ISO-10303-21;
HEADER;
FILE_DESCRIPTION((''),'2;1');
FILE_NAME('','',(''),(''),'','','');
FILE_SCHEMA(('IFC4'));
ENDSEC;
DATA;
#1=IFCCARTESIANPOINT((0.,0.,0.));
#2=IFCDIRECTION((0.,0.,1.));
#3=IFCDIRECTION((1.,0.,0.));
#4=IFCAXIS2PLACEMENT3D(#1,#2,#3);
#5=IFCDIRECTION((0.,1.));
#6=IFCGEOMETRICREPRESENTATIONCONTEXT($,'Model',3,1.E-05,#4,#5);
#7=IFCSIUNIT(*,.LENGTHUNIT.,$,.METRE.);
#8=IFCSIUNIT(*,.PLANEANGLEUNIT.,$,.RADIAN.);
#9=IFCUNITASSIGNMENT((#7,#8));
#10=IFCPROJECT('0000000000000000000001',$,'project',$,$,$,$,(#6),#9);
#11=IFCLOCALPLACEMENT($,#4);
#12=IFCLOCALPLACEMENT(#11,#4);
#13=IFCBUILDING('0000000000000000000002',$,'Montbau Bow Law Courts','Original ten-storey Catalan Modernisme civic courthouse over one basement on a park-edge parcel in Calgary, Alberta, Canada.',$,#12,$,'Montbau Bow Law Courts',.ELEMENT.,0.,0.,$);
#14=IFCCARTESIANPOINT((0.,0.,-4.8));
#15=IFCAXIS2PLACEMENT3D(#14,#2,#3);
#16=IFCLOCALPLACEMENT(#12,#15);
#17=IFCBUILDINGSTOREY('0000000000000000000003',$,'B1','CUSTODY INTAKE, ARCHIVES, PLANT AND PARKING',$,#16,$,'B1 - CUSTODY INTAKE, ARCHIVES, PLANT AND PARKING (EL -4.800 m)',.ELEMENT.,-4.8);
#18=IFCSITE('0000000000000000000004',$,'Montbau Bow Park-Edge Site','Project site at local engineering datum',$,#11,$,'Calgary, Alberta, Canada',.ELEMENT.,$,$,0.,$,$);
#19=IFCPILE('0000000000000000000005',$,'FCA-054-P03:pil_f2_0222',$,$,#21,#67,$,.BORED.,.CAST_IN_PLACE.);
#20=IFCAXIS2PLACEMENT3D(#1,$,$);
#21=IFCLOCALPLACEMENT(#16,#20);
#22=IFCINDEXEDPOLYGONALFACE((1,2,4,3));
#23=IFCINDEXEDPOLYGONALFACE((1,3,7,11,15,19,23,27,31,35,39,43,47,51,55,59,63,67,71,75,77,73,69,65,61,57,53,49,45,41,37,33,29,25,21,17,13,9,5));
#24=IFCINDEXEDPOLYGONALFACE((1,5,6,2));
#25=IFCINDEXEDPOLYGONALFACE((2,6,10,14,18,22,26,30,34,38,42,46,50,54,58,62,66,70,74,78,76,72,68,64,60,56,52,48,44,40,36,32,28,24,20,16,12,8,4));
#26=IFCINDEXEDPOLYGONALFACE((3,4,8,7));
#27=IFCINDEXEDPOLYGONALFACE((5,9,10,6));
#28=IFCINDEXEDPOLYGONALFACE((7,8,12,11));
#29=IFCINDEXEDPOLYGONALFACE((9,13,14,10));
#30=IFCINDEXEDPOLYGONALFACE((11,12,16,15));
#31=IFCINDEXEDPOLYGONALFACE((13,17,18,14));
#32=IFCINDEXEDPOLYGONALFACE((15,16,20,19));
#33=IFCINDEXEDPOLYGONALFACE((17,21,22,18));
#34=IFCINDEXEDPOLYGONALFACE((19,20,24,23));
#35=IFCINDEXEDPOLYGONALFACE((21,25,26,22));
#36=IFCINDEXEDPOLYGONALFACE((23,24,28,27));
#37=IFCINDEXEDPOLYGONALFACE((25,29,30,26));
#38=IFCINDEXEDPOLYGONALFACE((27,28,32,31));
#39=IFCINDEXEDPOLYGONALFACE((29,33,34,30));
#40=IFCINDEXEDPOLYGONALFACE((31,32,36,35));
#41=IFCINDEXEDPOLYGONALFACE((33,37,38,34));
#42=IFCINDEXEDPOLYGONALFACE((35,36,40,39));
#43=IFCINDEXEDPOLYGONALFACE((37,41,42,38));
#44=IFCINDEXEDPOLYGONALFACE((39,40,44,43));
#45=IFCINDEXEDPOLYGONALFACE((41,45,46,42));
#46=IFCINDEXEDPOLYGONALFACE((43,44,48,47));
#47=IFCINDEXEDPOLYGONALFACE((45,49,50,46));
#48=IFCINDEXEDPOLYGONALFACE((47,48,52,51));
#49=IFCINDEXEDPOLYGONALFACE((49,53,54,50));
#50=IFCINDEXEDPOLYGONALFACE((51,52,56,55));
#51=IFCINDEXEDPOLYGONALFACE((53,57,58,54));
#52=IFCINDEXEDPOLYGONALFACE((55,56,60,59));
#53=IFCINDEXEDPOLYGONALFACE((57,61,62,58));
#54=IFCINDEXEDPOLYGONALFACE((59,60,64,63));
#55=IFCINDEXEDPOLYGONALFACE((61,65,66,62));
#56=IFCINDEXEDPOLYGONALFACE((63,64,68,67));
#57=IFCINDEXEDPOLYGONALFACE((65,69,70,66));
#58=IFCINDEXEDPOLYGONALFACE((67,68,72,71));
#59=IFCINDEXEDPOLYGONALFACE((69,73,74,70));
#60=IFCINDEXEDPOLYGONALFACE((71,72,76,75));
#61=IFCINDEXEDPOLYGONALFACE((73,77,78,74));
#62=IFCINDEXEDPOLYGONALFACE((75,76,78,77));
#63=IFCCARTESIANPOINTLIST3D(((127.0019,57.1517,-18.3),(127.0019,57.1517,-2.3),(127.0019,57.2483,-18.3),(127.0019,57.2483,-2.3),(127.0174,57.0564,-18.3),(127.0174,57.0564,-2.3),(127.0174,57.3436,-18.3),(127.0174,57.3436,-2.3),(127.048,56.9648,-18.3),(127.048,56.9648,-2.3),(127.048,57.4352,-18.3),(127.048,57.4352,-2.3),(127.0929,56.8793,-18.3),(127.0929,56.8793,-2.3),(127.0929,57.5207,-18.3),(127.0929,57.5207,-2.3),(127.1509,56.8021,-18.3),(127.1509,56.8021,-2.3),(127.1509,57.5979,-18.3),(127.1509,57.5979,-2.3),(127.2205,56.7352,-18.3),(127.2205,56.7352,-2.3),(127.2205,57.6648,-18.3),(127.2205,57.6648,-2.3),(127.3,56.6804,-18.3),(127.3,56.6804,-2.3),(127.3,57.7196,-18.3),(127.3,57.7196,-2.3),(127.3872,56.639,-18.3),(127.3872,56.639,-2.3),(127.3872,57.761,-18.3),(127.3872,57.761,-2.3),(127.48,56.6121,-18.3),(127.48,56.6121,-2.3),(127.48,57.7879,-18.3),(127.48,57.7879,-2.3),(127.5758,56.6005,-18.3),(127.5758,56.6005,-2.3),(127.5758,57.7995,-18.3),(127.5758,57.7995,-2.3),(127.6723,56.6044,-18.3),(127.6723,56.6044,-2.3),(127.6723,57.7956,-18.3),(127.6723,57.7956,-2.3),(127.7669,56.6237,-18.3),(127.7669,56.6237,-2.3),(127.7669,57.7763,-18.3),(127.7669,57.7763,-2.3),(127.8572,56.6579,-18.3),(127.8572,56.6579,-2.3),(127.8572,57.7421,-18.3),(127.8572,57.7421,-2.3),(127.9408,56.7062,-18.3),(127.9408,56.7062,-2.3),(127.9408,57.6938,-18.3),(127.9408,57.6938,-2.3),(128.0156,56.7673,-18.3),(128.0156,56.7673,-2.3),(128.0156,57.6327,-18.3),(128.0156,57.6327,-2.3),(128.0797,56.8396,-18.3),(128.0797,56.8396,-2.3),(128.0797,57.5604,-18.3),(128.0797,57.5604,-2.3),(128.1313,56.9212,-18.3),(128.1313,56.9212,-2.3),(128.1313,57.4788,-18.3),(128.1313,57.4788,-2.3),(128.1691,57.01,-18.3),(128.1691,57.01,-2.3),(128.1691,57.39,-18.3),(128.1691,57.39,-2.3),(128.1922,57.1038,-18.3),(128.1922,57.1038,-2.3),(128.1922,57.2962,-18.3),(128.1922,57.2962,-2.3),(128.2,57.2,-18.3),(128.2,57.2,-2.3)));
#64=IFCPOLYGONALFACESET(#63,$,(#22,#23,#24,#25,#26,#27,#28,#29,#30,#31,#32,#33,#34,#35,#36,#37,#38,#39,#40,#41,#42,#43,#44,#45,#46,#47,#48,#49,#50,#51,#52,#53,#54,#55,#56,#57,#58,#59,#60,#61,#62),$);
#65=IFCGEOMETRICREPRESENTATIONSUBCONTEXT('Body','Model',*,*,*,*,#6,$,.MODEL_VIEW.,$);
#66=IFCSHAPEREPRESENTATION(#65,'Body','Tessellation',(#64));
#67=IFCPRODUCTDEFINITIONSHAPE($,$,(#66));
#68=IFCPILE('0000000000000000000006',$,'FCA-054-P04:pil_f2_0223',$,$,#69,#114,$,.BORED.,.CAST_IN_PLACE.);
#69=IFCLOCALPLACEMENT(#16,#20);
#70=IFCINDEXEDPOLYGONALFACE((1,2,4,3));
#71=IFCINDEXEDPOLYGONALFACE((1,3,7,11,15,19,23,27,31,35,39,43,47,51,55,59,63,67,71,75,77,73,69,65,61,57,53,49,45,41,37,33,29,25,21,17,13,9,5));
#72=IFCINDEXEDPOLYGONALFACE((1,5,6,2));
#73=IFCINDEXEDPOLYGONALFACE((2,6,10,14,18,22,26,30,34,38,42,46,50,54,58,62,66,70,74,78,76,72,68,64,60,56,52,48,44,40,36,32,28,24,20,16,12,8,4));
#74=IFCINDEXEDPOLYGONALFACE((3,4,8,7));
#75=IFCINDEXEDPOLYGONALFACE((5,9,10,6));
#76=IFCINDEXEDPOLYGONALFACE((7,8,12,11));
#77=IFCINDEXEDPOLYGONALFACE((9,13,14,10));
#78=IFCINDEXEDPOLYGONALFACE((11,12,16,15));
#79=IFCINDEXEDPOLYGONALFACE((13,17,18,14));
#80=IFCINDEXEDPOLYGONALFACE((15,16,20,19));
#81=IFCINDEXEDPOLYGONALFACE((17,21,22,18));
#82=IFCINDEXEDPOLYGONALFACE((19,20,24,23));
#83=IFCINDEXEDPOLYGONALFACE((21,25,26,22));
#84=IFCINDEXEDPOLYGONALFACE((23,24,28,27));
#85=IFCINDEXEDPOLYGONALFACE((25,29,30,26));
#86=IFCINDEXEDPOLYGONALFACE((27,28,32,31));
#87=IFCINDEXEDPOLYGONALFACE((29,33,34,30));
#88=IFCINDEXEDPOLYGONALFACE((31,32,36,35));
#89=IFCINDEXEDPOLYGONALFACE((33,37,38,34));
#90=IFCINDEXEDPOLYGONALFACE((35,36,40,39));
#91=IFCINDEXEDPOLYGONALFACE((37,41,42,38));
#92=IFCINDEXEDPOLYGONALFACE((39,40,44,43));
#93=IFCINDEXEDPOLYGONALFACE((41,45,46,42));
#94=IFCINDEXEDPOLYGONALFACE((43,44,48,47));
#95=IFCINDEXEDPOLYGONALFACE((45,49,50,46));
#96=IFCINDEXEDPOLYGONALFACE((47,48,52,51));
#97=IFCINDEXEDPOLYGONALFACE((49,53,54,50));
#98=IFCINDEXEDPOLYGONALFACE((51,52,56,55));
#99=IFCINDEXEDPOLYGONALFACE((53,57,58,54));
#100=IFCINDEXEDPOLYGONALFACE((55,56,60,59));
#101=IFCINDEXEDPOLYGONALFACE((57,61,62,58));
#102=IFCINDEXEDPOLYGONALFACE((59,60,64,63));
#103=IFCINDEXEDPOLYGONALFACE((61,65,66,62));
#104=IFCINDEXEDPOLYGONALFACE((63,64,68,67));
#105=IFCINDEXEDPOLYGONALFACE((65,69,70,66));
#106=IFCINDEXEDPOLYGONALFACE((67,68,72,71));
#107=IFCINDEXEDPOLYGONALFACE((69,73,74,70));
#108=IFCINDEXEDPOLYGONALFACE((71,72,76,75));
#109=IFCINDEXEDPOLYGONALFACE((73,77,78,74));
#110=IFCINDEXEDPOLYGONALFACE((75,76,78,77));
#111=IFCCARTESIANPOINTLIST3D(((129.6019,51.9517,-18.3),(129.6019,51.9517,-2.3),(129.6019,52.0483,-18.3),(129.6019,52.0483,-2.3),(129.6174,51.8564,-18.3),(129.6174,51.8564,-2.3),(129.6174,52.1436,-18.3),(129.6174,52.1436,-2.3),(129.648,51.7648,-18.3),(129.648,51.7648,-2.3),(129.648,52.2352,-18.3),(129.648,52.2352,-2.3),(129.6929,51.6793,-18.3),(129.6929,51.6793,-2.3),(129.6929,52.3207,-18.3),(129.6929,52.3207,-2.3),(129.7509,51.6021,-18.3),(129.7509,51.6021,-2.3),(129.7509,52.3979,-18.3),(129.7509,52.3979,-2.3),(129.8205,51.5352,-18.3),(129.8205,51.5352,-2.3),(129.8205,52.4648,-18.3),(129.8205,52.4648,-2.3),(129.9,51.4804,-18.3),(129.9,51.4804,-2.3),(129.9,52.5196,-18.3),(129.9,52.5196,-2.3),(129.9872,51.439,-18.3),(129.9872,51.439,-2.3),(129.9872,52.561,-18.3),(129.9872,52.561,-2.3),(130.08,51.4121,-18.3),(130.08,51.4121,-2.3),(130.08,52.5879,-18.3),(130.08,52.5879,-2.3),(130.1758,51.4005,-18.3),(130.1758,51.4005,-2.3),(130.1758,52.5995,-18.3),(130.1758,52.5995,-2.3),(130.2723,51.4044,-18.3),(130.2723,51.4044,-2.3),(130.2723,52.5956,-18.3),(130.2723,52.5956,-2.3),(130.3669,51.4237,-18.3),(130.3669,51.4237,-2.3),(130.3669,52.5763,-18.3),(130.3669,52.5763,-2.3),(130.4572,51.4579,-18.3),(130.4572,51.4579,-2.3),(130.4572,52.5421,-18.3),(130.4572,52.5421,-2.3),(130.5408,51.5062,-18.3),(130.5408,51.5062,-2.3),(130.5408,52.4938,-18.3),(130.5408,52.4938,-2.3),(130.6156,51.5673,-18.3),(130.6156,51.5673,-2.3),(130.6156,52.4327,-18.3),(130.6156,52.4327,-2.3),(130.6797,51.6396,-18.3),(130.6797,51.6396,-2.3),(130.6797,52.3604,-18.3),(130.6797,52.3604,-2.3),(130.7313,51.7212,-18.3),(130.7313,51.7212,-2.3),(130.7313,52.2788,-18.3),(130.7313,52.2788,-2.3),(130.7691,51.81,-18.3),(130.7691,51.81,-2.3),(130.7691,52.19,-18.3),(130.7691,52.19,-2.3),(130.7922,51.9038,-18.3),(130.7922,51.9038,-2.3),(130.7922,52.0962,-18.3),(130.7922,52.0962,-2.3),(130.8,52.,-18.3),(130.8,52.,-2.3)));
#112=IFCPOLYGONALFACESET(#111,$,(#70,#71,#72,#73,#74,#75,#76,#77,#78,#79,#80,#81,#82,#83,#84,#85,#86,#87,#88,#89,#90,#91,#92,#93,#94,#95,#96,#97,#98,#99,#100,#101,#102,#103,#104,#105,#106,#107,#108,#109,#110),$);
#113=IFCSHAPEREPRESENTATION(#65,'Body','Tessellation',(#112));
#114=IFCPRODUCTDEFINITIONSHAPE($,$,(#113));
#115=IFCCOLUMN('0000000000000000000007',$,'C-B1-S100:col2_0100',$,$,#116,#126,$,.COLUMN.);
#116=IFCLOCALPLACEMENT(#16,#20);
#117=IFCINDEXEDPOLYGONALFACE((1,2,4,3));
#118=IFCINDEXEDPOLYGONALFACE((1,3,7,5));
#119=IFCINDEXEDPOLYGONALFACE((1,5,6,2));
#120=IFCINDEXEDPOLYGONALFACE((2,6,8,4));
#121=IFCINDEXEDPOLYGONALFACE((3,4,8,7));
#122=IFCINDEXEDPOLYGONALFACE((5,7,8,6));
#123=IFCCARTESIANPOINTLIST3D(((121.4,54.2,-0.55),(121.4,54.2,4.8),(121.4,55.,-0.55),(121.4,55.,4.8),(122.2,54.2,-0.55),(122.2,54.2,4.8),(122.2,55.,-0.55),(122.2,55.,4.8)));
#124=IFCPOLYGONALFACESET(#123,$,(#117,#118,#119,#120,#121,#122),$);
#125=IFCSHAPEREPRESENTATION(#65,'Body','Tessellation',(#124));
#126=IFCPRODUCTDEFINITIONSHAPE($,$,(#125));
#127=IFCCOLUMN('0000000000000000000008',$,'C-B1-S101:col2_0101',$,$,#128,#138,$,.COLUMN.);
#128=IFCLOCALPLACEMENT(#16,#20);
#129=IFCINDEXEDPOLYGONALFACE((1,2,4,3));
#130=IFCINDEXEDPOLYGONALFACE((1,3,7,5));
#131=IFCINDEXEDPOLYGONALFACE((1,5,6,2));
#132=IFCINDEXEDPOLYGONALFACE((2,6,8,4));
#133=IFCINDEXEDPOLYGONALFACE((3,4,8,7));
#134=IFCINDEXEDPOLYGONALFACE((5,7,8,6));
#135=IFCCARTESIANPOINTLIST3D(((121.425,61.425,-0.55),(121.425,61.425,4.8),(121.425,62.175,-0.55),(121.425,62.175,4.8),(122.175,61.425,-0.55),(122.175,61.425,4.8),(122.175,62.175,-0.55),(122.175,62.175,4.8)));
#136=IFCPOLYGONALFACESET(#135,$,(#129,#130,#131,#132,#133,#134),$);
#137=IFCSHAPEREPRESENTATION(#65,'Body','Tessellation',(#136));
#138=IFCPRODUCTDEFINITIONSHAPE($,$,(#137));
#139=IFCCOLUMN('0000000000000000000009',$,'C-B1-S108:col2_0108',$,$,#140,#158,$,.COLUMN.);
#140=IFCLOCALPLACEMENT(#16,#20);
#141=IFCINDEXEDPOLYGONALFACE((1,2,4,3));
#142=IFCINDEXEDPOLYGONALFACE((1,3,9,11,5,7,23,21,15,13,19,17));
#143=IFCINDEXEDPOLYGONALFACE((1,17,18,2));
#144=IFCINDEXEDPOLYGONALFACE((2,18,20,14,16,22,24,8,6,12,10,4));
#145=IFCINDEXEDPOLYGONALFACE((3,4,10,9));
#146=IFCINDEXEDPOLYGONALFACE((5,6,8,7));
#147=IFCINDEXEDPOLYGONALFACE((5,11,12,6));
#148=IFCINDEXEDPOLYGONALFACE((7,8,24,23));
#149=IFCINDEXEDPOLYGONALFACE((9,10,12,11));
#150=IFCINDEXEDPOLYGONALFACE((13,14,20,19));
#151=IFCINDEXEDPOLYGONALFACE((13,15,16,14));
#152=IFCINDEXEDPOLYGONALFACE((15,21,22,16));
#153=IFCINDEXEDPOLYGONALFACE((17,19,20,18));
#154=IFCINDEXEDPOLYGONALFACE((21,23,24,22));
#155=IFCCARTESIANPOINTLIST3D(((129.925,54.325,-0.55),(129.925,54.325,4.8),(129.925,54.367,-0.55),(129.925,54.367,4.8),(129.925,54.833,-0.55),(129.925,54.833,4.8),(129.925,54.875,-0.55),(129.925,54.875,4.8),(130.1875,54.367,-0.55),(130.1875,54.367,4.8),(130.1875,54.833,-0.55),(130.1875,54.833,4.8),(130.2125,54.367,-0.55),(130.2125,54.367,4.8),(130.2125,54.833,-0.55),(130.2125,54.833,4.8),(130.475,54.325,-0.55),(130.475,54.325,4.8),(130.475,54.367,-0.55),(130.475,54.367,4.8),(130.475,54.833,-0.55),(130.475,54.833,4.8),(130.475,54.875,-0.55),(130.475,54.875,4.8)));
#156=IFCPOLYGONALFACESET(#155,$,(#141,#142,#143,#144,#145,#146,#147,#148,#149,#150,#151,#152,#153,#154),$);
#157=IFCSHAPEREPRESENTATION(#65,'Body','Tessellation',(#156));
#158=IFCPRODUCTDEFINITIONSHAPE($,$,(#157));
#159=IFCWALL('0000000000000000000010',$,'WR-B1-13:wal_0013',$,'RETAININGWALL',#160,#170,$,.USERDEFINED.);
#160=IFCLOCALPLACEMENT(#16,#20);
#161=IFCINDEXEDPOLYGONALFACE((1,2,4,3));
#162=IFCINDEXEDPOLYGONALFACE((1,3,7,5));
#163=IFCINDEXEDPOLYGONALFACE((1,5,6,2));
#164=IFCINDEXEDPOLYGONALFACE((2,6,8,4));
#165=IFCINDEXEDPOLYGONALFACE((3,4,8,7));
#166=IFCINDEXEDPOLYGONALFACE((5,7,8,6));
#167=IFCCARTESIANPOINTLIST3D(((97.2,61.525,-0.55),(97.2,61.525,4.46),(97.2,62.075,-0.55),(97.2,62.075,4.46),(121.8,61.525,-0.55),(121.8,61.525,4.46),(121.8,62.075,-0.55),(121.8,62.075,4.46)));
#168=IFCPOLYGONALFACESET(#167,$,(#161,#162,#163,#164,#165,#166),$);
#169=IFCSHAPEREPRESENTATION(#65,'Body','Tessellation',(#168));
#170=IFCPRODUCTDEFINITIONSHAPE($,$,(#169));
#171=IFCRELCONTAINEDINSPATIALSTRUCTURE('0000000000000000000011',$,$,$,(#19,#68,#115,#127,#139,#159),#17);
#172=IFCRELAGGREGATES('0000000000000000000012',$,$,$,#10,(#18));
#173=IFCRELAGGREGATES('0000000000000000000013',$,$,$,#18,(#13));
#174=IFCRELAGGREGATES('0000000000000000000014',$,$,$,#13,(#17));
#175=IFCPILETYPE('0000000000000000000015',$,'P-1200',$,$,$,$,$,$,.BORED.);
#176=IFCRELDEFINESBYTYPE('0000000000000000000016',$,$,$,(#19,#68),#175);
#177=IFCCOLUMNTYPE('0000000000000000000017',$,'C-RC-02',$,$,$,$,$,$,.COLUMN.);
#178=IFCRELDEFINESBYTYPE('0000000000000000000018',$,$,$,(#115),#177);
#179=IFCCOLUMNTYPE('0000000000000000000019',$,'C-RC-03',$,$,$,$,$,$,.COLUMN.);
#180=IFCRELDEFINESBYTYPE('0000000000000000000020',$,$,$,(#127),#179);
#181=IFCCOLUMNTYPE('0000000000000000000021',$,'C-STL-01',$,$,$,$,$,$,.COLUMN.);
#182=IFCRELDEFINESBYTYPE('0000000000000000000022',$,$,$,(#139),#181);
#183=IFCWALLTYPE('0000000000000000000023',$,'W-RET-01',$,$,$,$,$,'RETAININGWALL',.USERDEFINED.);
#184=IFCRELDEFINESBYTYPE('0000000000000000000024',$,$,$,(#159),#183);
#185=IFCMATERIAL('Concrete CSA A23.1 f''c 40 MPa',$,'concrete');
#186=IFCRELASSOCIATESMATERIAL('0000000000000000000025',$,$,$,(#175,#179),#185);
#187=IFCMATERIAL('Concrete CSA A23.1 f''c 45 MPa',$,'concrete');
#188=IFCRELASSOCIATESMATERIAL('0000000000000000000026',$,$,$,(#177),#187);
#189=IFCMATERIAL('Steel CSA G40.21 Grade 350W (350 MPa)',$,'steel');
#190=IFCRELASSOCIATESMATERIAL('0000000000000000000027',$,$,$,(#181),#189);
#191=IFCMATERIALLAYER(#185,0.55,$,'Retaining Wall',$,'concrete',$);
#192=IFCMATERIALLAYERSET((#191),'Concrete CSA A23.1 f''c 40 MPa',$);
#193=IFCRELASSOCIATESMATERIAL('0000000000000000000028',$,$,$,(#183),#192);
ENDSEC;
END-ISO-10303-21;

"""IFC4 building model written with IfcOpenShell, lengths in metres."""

from ifc_helpers import new_model, si_unit, direction, frame, frame_2d, origin_with_axes, origin_2d_with_axis, place, context, subcontext, project, spatial, rectangle, circle, i_section, extrude, material, layer, layer_set, material_profile, profile_set, type_object, element, save


model = new_model("IFC4")

# Units and contexts
model_context = context("Model", 3, precision=1e-05, world=origin_with_axes(), true_north=direction((0.0, 1.0)))
body_context = subcontext(model_context, "Body", "Model", "MODEL_VIEW")
ifc_project = project(units=[si_unit("LENGTHUNIT", "METRE"), si_unit("PLANEANGLEUNIT", "RADIAN")], contexts=[model_context])

# Site, building, storey
site_placement = place(None, origin_with_axes())
site = spatial("IfcSite", under=ifc_project, at=site_placement, Name="Montbau Bow Park-Edge Site", Description="Project site at local engineering datum", LongName="Calgary, Alberta, Canada", CompositionType="ELEMENT", RefElevation=0.0)
building_placement = place(site_placement, origin_with_axes())
building = spatial("IfcBuilding", under=site, at=building_placement, Name="Montbau Bow Law Courts", Description="Original ten-storey Catalan Modernisme civic courthouse over one basement on a park-edge parcel in Calgary, Alberta, Canada.", LongName="Montbau Bow Law Courts", CompositionType="ELEMENT", ElevationOfRefHeight=0.0, ElevationOfTerrain=0.0)
storey_placement = place(building_placement, frame((0.0, 0.0, -4.8), z_axis=(0.0, 0.0, 1.0), x_axis=(1.0, 0.0, 0.0)))
storey = spatial("IfcBuildingStorey", under=building, at=storey_placement, Name="B1", Description="CUSTODY INTAKE, ARCHIVES, PLANT AND PARKING", LongName="B1 - CUSTODY INTAKE, ARCHIVES, PLANT AND PARKING (EL -4.800 m)", CompositionType="ELEMENT", Elevation=-4.8)

# Piles
ifc_material_1 = material(Name="Concrete CSA A23.1 f'c 40 MPa", Category="concrete")
ifc_material_profile_1 = material_profile(ifc_material_1, circle(Radius=0.6, at=origin_2d_with_axis()), Name="BP1200", Category="Main", Priority=0)
ifc_profile_set_1 = profile_set([ifc_material_profile_1], Name="Concrete CSA A23.1 f'c 40 MPa")
pile_type_1 = type_object("IfcPileType", Name="P-1200", PredefinedType="BORED", material=ifc_profile_set_1)
for number, where, z_axis, x_axis, name in (
    (1, (127.6, 57.2, -23.1), (0.0, 0.0, 1.0), (1.0, 0.0, 0.0), "FCA-054-P03:pil_f2_0222"),
    (2, (130.2, 52.0, -23.1), (0.0, 0.0, 1.0), (1.0, 0.0, 0.0), "FCA-054-P04:pil_f2_0223"),
):
    element("IfcPile", number, at=place(None, frame(where, z_axis=z_axis, x_axis=x_axis)), inside=storey, type_object=pile_type_1, Name=name, ConstructionType="CAST_IN_PLACE", PredefinedType="BORED", context=body_context, shape_type="SweptSolid", body=[
        extrude(circle(Radius=0.6, at=origin_2d_with_axis()), origin_with_axes(), (0.0, 0.0, 1.0), 16.0),
    ])

# Columns
ifc_material_2 = material(Name="Concrete CSA A23.1 f'c 45 MPa", Category="concrete")
ifc_material_profile_2 = material_profile(ifc_material_2, rectangle(XDim=0.8, YDim=0.8, at=origin_2d_with_axis()), Name="RC800X800", Category="Main", Priority=0)
ifc_profile_set_2 = profile_set([ifc_material_profile_2], Name="Concrete CSA A23.1 f'c 45 MPa")
column_type_1 = type_object("IfcColumnType", Name="C-RC-02", PredefinedType="COLUMN", material=ifc_profile_set_2)
column_1_placement = place(None, frame((121.8, 54.6, -5.35), z_axis=(0.0, 0.0, 1.0), x_axis=(1.0, 0.0, 0.0)))
element("IfcColumn", 3, at=column_1_placement, inside=storey, type_object=column_type_1, Name="C-B1-S100:col2_0100", PredefinedType="COLUMN", context=body_context, shape_type="SweptSolid", body=[
    extrude(rectangle(XDim=0.8, YDim=0.8, at=origin_2d_with_axis()), origin_with_axes(), (0.0, 0.0, 1.0), 5.35),
])
ifc_material_profile_3 = material_profile(ifc_material_1, rectangle(XDim=0.75, YDim=0.75, at=origin_2d_with_axis()), Name="RC750X750", Category="Main", Priority=0)
ifc_profile_set_3 = profile_set([ifc_material_profile_3], Name="Concrete CSA A23.1 f'c 40 MPa")
column_type_2 = type_object("IfcColumnType", Name="C-RC-03", PredefinedType="COLUMN", material=ifc_profile_set_3)
column_2_placement = place(None, frame((121.8, 61.8, -5.35), z_axis=(0.0, 0.0, 1.0), x_axis=(1.0, 0.0, 0.0)))
element("IfcColumn", 4, at=column_2_placement, inside=storey, type_object=column_type_2, Name="C-B1-S101:col2_0101", PredefinedType="COLUMN", context=body_context, shape_type="SweptSolid", body=[
    extrude(rectangle(XDim=0.75, YDim=0.75, at=origin_2d_with_axis()), origin_with_axes(), (0.0, 0.0, 1.0), 5.35),
])
ifc_material_3 = material(Name="Steel CSA G40.21 Grade 350W (350 MPa)", Category="steel")
ifc_material_profile_4 = material_profile(ifc_material_3, i_section(OverallWidth=0.55, OverallDepth=0.55, WebThickness=0.025, FlangeThickness=0.042, at=origin_2d_with_axis()), Name="WWF550X420", Category="Main", Priority=0)
ifc_profile_set_4 = profile_set([ifc_material_profile_4], Name="Steel CSA G40.21 Grade 350W (350 MPa)")
column_type_3 = type_object("IfcColumnType", Name="C-STL-01", PredefinedType="COLUMN", material=ifc_profile_set_4)
column_3_placement = place(None, frame((130.2, 54.6, -5.35), z_axis=(0.0, 0.0, 1.0), x_axis=(1.0, 0.0, 0.0)))
element("IfcColumn", 5, at=column_3_placement, inside=storey, type_object=column_type_3, Name="C-B1-S108:col2_0108", PredefinedType="COLUMN", context=body_context, shape_type="SweptSolid", body=[
    extrude(i_section(OverallWidth=0.55, OverallDepth=0.55, WebThickness=0.025, FlangeThickness=0.042, at=origin_2d_with_axis()), origin_with_axes(), (0.0, 0.0, 1.0), 5.35),
])

# Wall
ifc_layer = layer(ifc_material_1, 0.55, Name="Retaining Wall", Category="concrete")
ifc_layer_set = layer_set([ifc_layer], Name="Concrete CSA A23.1 f'c 40 MPa")
wall_type = type_object("IfcWallType", Name="W-RET-01", ElementType="RETAININGWALL", PredefinedType="USERDEFINED", material=ifc_layer_set)
wall_placement = place(None, frame((121.8, 61.8, -5.35), z_axis=(0.0, 0.0, 1.0), x_axis=(-1.0, 0.0, 0.0)))
element("IfcWall", 6, at=wall_placement, inside=storey, type_object=wall_type, Name="WR-B1-13:wal_0013", ObjectType="RETAININGWALL", PredefinedType="USERDEFINED", context=body_context, shape_type="SweptSolid", body=[
    extrude(rectangle(XDim=24.6, YDim=0.55, at=frame_2d((12.3, 0.0), x_axis=(1.0, 0.0))), origin_with_axes(), (0.0, 0.0, 1.0), 5.01),
])

save(model, "model.ifc")
